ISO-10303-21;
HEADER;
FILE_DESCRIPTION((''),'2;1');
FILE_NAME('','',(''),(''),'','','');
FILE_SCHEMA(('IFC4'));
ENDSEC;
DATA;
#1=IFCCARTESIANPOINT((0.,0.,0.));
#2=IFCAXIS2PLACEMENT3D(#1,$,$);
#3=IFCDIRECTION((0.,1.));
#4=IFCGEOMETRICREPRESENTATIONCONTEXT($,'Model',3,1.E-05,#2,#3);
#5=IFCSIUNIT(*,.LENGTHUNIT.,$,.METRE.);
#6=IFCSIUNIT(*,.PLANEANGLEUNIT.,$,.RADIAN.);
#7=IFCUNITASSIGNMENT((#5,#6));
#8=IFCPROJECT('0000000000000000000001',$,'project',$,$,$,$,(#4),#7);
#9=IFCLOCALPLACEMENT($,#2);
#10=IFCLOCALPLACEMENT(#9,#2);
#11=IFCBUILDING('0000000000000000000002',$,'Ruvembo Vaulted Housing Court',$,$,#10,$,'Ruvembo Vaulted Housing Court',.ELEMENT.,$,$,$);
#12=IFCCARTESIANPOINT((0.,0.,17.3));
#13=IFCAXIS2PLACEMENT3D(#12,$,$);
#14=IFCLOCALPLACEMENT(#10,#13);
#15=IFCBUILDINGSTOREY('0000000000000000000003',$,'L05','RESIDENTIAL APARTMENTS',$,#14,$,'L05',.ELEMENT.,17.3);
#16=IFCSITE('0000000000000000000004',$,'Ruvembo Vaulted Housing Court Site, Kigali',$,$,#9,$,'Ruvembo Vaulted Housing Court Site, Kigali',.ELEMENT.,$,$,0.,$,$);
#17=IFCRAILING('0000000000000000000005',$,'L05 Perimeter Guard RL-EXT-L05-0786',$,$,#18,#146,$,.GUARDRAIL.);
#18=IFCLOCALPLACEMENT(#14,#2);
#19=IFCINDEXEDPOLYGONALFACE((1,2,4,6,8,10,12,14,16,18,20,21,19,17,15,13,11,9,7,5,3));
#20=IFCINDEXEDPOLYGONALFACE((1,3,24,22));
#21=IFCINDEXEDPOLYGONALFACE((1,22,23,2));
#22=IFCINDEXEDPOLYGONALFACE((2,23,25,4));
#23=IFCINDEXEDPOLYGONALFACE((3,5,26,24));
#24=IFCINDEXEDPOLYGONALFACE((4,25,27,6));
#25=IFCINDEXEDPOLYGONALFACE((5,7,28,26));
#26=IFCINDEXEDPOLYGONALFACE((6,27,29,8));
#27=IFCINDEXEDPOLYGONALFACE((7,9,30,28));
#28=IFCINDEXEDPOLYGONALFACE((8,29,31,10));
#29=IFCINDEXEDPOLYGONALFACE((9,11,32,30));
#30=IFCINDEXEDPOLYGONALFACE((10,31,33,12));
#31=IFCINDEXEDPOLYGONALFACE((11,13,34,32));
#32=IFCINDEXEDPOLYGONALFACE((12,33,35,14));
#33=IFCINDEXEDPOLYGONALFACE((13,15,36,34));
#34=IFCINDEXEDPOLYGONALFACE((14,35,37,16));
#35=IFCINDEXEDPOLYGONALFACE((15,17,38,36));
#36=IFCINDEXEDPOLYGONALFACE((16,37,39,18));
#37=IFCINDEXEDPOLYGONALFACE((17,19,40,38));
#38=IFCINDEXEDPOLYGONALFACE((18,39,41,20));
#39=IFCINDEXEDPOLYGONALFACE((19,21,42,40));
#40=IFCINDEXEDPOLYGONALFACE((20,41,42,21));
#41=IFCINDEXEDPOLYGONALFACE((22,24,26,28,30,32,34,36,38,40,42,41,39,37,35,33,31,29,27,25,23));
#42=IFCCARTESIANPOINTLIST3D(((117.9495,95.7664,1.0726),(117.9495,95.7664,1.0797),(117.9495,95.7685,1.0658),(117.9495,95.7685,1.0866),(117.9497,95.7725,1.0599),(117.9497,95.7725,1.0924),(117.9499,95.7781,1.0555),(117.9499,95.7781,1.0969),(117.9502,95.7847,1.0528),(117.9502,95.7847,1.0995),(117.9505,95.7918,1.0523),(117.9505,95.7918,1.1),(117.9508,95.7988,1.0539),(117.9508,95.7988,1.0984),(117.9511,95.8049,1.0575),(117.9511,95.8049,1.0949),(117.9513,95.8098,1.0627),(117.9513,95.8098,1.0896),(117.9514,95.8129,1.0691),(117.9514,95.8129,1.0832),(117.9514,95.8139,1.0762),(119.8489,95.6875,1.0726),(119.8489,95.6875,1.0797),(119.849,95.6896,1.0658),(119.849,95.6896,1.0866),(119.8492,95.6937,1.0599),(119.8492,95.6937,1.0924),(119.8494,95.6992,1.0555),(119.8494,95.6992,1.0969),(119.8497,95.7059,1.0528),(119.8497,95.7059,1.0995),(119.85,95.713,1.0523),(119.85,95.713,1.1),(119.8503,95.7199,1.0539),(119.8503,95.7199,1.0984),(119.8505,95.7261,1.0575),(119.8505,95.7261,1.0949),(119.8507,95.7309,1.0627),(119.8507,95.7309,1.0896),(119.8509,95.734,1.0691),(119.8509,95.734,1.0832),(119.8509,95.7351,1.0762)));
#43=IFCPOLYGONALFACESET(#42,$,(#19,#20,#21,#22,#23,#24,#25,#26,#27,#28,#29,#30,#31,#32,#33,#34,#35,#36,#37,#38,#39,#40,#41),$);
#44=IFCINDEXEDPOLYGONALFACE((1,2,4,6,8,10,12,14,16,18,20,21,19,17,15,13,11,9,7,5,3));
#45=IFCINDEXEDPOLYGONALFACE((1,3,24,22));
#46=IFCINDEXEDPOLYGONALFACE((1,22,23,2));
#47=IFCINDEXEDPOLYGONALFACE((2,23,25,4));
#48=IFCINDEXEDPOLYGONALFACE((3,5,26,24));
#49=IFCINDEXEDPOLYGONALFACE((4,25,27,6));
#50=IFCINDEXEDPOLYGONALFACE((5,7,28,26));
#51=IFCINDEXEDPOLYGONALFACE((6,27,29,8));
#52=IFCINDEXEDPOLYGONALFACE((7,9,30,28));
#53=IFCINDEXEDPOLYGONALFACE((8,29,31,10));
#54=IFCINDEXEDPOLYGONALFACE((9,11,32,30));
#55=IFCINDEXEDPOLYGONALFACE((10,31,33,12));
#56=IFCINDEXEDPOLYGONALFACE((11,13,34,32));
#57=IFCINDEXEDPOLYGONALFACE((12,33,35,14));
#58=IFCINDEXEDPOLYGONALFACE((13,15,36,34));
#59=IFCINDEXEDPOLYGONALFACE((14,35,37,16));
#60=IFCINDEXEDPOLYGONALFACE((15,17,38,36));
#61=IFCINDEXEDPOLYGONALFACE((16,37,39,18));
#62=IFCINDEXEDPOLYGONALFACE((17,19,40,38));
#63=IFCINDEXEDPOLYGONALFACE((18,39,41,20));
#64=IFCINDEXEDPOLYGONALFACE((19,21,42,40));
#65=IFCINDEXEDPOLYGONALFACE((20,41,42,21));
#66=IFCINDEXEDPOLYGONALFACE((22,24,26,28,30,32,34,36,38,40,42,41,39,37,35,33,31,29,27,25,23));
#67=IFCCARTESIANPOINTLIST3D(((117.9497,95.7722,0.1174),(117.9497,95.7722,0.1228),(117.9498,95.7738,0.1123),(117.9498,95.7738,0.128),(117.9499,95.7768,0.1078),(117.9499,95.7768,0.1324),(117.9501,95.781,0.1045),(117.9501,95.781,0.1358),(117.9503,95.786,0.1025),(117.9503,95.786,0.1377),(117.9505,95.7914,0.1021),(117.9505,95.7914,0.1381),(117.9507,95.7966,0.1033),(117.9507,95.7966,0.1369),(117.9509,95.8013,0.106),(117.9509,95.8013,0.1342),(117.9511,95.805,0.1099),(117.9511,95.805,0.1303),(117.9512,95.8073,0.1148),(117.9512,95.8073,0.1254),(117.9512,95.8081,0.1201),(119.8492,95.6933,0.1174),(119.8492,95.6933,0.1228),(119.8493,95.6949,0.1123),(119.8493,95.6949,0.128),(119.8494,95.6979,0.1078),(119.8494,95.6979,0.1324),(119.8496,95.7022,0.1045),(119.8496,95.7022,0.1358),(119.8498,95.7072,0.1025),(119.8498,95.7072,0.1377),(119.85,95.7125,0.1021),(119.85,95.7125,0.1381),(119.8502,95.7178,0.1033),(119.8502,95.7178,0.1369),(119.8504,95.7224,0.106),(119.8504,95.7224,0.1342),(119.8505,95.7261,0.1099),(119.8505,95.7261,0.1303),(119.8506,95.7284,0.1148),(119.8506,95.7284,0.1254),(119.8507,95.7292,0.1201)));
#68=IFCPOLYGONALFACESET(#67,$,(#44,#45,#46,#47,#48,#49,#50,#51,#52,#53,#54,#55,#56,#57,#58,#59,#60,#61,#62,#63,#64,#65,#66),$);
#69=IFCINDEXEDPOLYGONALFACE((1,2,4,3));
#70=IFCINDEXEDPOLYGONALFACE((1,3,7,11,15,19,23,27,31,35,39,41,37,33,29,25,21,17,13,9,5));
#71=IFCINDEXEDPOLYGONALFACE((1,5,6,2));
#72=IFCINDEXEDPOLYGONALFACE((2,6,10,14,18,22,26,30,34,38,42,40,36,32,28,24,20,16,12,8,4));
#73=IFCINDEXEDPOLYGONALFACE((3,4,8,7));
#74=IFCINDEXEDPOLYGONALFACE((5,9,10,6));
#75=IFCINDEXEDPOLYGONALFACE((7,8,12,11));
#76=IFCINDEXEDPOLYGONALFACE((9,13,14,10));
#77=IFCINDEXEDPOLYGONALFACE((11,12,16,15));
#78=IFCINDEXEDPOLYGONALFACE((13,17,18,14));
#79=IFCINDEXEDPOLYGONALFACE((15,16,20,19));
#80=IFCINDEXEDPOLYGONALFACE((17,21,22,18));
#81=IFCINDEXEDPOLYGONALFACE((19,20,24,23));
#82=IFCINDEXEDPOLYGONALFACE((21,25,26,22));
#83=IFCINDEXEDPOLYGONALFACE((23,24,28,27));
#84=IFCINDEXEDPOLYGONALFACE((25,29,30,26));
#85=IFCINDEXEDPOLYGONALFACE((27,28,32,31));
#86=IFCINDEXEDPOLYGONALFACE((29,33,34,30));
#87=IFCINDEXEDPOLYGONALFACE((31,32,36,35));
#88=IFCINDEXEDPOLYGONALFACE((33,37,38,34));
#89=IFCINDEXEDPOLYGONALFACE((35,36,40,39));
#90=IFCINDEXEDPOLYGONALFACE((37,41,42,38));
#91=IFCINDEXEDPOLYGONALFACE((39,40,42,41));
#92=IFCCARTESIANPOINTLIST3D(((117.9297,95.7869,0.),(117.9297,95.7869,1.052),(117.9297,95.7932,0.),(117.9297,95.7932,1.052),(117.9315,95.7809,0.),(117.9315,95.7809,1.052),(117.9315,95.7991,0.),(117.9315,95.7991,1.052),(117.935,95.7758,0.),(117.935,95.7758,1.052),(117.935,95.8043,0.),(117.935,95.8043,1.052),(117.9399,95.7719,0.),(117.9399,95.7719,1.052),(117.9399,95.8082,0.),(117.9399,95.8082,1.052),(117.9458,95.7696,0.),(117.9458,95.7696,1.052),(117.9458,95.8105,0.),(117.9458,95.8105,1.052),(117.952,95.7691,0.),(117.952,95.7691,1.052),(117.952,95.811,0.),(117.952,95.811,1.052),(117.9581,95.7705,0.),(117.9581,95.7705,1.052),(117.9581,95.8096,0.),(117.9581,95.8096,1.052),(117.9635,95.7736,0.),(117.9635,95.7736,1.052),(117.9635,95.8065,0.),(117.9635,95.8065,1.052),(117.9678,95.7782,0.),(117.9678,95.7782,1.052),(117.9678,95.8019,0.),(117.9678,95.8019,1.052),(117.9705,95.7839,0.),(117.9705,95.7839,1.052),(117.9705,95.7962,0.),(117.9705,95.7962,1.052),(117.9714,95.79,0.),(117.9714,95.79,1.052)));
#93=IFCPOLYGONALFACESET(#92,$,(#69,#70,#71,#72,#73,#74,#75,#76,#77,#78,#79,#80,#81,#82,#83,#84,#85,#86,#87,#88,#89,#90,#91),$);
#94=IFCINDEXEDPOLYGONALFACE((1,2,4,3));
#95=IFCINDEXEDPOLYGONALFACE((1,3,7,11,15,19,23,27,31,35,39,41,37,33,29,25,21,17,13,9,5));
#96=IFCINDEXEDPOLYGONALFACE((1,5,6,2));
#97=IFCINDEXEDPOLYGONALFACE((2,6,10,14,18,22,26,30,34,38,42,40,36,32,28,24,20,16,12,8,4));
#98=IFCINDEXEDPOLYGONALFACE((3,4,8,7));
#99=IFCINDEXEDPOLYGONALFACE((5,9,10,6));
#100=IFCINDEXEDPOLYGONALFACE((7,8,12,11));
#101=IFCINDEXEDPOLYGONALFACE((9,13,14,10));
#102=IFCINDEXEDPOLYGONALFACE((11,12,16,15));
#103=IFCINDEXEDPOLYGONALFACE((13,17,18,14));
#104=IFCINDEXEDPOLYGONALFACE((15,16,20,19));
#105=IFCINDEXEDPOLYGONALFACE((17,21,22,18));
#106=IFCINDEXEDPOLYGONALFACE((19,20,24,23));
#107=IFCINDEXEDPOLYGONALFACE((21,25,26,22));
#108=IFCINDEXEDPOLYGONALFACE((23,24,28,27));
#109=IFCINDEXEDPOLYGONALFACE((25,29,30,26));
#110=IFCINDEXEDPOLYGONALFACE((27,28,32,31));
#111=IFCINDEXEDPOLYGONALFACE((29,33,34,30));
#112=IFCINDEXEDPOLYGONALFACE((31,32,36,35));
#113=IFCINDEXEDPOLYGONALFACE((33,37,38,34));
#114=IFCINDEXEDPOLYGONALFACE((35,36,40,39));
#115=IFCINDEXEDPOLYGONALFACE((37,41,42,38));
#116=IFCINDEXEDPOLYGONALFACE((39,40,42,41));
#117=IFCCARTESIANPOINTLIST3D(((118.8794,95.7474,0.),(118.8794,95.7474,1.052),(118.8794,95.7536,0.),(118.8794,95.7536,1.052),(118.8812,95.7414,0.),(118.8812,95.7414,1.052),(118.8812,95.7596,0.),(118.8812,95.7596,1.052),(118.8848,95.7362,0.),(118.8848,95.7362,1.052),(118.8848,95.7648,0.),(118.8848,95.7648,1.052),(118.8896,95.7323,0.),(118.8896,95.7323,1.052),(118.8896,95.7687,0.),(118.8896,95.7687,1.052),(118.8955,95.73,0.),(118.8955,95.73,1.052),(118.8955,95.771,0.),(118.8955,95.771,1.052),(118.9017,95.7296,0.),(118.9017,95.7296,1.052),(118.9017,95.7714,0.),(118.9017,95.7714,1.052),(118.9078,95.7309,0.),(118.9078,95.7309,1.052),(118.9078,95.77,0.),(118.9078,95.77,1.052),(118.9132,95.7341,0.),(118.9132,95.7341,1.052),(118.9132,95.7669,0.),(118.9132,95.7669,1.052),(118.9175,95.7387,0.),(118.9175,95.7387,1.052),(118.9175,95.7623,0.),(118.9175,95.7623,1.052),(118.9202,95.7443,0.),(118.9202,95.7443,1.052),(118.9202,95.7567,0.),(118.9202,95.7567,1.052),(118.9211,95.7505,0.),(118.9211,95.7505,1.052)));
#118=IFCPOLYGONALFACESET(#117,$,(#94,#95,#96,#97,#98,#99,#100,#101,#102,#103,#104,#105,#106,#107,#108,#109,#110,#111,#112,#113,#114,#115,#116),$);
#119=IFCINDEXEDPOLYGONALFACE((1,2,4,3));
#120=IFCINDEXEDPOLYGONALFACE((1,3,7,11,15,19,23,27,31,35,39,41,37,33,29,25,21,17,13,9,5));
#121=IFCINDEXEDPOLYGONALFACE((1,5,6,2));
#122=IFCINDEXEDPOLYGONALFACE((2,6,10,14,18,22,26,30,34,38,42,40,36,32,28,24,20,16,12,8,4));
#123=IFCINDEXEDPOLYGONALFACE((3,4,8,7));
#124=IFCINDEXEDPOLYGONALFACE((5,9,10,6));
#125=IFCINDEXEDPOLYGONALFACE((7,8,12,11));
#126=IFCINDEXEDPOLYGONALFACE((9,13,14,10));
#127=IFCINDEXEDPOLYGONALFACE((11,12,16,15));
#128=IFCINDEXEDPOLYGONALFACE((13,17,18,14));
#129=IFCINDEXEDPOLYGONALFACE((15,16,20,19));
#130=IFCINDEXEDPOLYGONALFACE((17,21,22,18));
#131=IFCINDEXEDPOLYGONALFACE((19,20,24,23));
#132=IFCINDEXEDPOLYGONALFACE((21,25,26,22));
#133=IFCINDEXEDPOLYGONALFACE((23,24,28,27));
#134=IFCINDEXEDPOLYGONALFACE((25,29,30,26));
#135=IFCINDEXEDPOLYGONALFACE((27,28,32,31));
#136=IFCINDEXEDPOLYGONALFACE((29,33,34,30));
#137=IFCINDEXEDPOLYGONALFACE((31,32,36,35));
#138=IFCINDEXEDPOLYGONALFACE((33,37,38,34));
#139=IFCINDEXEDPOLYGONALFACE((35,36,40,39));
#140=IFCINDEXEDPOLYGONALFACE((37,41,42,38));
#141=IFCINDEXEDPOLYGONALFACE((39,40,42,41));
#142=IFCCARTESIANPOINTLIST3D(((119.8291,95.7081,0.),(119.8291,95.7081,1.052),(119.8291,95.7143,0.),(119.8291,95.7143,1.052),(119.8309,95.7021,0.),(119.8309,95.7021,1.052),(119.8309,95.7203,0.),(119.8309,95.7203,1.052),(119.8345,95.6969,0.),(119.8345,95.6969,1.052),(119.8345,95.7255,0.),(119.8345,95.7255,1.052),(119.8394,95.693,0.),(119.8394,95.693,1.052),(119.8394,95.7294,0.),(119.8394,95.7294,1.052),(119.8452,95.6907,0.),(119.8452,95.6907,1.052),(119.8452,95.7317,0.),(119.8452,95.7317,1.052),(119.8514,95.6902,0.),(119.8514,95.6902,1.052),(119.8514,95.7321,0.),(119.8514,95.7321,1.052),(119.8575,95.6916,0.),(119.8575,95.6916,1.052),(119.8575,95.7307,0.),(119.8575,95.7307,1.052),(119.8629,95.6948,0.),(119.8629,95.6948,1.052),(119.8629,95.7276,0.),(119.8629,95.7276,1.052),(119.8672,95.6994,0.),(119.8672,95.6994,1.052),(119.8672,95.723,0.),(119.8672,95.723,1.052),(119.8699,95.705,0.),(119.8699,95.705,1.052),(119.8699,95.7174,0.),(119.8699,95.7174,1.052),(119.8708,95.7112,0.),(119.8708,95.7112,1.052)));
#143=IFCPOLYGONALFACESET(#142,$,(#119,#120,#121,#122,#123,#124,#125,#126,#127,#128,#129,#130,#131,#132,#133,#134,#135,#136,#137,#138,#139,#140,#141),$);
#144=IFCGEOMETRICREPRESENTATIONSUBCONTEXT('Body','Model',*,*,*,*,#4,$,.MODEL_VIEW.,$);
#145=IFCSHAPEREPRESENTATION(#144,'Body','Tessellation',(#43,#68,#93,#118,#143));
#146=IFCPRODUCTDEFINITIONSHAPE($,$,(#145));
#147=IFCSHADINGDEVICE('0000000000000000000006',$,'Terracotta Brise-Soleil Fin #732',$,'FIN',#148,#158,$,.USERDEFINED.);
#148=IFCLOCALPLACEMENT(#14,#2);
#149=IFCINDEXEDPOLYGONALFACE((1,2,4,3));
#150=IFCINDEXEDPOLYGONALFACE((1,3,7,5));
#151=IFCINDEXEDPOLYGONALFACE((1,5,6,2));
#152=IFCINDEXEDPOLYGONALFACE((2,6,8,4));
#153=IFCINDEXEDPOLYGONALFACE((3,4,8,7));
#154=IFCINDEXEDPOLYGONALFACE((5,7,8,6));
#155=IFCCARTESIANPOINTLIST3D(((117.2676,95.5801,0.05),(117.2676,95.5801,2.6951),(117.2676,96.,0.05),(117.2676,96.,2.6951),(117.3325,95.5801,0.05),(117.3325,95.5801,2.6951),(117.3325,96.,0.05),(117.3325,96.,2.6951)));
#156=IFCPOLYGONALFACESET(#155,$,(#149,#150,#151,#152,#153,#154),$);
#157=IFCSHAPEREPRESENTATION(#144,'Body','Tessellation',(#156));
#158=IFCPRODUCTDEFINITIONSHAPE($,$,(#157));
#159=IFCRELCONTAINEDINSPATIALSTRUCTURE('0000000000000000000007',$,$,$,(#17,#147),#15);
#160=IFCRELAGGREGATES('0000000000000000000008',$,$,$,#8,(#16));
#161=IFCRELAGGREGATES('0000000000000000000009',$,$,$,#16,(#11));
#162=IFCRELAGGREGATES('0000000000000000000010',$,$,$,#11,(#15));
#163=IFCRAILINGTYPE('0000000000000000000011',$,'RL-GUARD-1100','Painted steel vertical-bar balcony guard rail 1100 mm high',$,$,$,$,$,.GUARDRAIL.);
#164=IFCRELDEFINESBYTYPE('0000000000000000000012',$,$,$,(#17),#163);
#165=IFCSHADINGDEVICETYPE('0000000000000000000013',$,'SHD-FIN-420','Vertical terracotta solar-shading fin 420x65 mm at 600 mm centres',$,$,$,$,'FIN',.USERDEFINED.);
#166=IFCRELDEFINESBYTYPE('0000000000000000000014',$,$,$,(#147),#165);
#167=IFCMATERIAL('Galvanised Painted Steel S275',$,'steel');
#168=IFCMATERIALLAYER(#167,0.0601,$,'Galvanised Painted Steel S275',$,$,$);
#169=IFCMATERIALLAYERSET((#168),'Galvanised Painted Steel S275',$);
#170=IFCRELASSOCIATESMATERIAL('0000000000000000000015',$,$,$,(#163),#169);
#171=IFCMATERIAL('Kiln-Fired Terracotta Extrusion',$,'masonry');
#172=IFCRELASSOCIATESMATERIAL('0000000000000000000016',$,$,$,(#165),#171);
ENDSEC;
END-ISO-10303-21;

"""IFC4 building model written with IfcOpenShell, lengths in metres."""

from ifc_helpers import new_model, si_unit, direction, frame, origin, origin_2d, place, context, subcontext, project, spatial, rectangle, circle, extrude, material, layer, layer_set, type_object, element, save


model = new_model("IFC4")

# Units and contexts
model_context = context("Model", 3, precision=1e-05, world=origin(), true_north=direction((0.0, 1.0)))
body_context = subcontext(model_context, "Body", "Model", "MODEL_VIEW")
ifc_project = project(units=[si_unit("LENGTHUNIT", "METRE"), si_unit("PLANEANGLEUNIT", "RADIAN")], contexts=[model_context])

# Site, building, storey
site_placement = place(None, origin())
site = spatial("IfcSite", under=ifc_project, at=site_placement, Name="Ruvembo Vaulted Housing Court Site, Kigali", LongName="Ruvembo Vaulted Housing Court Site, Kigali", CompositionType="ELEMENT", RefElevation=0.0)
building_placement = place(site_placement, origin())
building = spatial("IfcBuilding", under=site, at=building_placement, Name="Ruvembo Vaulted Housing Court", LongName="Ruvembo Vaulted Housing Court", CompositionType="ELEMENT")
storey_placement = place(building_placement, frame((0.0, 0.0, 17.3)))
storey = spatial("IfcBuildingStorey", under=building, at=storey_placement, Name="L05", Description="RESIDENTIAL APARTMENTS", LongName="L05", CompositionType="ELEMENT", Elevation=17.3)

# Railing
ifc_material_1 = material(Name="Galvanised Painted Steel S275", Category="steel")
ifc_layer_1 = layer(ifc_material_1, 0.0601, Name="Galvanised Painted Steel S275")
ifc_layer_set_1 = layer_set([ifc_layer_1], Name="Galvanised Painted Steel S275")
railing_type = type_object("IfcRailingType", Name="RL-GUARD-1100", Description="Painted steel vertical-bar balcony guard rail 1100 mm high", PredefinedType="GUARDRAIL", material=ifc_layer_set_1)
railing_placement = place(storey_placement, frame((117.9504, 95.79, 0.0)))
element("IfcRailing", 1, at=railing_placement, inside=storey, type_object=railing_type, Name="L05 Perimeter Guard RL-EXT-L05-0786", PredefinedType="GUARDRAIL", context=body_context, shape_type="SweptSolid", body=[
    extrude(circle(Radius=0.0239, at=origin_2d()), frame((0.0, 0.0, 1.0762), z_axis=(0.999139, -0.041481, 0.0), x_axis=(0.041481, 0.999139, 0.0)), (0.0, 0.0, 1.0), 1.9011),
    extrude(circle(Radius=0.0181, at=origin_2d()), frame((0.0, 0.0, 0.1201), z_axis=(0.999139, -0.041481, 0.0), x_axis=(0.041481, 0.999139, 0.0)), (0.0, 0.0, 1.0), 1.9011),
    extrude(circle(Radius=0.021, at=origin_2d()), origin(), (0.0, 0.0, 1.0), 1.052),
    extrude(circle(Radius=0.021, at=origin_2d()), frame((0.9497, -0.0396, 0.0)), (0.0, 0.0, 1.0), 1.052),
    extrude(circle(Radius=0.021, at=origin_2d()), frame((1.8994, -0.0789, 0.0)), (0.0, 0.0, 1.0), 1.052),
])

# Shading device
ifc_material_2 = material(Name="Kiln-Fired Terracotta Extrusion", Category="masonry")
shading_device_type = type_object("IfcShadingDeviceType", Name="SHD-FIN-420", Description="Vertical terracotta solar-shading fin 420x65 mm at 600 mm centres", ElementType="FIN", PredefinedType="USERDEFINED", material=ifc_material_2)
shading_device_placement = place(storey_placement, frame((117.3, 95.79, 0.05), z_axis=(0.0, 0.0, 1.0), x_axis=(0.0, -1.0, 0.0)))
element("IfcShadingDevice", 2, at=shading_device_placement, inside=storey, type_object=shading_device_type, Name="Terracotta Brise-Soleil Fin #732", ObjectType="FIN", PredefinedType="USERDEFINED", context=body_context, shape_type="SweptSolid", body=[
    extrude(rectangle(XDim=0.4199, YDim=0.0649, at=origin_2d()), origin(), (0.0, 0.0, 1.0), 2.645),
])

save(model, "model.ifc")
